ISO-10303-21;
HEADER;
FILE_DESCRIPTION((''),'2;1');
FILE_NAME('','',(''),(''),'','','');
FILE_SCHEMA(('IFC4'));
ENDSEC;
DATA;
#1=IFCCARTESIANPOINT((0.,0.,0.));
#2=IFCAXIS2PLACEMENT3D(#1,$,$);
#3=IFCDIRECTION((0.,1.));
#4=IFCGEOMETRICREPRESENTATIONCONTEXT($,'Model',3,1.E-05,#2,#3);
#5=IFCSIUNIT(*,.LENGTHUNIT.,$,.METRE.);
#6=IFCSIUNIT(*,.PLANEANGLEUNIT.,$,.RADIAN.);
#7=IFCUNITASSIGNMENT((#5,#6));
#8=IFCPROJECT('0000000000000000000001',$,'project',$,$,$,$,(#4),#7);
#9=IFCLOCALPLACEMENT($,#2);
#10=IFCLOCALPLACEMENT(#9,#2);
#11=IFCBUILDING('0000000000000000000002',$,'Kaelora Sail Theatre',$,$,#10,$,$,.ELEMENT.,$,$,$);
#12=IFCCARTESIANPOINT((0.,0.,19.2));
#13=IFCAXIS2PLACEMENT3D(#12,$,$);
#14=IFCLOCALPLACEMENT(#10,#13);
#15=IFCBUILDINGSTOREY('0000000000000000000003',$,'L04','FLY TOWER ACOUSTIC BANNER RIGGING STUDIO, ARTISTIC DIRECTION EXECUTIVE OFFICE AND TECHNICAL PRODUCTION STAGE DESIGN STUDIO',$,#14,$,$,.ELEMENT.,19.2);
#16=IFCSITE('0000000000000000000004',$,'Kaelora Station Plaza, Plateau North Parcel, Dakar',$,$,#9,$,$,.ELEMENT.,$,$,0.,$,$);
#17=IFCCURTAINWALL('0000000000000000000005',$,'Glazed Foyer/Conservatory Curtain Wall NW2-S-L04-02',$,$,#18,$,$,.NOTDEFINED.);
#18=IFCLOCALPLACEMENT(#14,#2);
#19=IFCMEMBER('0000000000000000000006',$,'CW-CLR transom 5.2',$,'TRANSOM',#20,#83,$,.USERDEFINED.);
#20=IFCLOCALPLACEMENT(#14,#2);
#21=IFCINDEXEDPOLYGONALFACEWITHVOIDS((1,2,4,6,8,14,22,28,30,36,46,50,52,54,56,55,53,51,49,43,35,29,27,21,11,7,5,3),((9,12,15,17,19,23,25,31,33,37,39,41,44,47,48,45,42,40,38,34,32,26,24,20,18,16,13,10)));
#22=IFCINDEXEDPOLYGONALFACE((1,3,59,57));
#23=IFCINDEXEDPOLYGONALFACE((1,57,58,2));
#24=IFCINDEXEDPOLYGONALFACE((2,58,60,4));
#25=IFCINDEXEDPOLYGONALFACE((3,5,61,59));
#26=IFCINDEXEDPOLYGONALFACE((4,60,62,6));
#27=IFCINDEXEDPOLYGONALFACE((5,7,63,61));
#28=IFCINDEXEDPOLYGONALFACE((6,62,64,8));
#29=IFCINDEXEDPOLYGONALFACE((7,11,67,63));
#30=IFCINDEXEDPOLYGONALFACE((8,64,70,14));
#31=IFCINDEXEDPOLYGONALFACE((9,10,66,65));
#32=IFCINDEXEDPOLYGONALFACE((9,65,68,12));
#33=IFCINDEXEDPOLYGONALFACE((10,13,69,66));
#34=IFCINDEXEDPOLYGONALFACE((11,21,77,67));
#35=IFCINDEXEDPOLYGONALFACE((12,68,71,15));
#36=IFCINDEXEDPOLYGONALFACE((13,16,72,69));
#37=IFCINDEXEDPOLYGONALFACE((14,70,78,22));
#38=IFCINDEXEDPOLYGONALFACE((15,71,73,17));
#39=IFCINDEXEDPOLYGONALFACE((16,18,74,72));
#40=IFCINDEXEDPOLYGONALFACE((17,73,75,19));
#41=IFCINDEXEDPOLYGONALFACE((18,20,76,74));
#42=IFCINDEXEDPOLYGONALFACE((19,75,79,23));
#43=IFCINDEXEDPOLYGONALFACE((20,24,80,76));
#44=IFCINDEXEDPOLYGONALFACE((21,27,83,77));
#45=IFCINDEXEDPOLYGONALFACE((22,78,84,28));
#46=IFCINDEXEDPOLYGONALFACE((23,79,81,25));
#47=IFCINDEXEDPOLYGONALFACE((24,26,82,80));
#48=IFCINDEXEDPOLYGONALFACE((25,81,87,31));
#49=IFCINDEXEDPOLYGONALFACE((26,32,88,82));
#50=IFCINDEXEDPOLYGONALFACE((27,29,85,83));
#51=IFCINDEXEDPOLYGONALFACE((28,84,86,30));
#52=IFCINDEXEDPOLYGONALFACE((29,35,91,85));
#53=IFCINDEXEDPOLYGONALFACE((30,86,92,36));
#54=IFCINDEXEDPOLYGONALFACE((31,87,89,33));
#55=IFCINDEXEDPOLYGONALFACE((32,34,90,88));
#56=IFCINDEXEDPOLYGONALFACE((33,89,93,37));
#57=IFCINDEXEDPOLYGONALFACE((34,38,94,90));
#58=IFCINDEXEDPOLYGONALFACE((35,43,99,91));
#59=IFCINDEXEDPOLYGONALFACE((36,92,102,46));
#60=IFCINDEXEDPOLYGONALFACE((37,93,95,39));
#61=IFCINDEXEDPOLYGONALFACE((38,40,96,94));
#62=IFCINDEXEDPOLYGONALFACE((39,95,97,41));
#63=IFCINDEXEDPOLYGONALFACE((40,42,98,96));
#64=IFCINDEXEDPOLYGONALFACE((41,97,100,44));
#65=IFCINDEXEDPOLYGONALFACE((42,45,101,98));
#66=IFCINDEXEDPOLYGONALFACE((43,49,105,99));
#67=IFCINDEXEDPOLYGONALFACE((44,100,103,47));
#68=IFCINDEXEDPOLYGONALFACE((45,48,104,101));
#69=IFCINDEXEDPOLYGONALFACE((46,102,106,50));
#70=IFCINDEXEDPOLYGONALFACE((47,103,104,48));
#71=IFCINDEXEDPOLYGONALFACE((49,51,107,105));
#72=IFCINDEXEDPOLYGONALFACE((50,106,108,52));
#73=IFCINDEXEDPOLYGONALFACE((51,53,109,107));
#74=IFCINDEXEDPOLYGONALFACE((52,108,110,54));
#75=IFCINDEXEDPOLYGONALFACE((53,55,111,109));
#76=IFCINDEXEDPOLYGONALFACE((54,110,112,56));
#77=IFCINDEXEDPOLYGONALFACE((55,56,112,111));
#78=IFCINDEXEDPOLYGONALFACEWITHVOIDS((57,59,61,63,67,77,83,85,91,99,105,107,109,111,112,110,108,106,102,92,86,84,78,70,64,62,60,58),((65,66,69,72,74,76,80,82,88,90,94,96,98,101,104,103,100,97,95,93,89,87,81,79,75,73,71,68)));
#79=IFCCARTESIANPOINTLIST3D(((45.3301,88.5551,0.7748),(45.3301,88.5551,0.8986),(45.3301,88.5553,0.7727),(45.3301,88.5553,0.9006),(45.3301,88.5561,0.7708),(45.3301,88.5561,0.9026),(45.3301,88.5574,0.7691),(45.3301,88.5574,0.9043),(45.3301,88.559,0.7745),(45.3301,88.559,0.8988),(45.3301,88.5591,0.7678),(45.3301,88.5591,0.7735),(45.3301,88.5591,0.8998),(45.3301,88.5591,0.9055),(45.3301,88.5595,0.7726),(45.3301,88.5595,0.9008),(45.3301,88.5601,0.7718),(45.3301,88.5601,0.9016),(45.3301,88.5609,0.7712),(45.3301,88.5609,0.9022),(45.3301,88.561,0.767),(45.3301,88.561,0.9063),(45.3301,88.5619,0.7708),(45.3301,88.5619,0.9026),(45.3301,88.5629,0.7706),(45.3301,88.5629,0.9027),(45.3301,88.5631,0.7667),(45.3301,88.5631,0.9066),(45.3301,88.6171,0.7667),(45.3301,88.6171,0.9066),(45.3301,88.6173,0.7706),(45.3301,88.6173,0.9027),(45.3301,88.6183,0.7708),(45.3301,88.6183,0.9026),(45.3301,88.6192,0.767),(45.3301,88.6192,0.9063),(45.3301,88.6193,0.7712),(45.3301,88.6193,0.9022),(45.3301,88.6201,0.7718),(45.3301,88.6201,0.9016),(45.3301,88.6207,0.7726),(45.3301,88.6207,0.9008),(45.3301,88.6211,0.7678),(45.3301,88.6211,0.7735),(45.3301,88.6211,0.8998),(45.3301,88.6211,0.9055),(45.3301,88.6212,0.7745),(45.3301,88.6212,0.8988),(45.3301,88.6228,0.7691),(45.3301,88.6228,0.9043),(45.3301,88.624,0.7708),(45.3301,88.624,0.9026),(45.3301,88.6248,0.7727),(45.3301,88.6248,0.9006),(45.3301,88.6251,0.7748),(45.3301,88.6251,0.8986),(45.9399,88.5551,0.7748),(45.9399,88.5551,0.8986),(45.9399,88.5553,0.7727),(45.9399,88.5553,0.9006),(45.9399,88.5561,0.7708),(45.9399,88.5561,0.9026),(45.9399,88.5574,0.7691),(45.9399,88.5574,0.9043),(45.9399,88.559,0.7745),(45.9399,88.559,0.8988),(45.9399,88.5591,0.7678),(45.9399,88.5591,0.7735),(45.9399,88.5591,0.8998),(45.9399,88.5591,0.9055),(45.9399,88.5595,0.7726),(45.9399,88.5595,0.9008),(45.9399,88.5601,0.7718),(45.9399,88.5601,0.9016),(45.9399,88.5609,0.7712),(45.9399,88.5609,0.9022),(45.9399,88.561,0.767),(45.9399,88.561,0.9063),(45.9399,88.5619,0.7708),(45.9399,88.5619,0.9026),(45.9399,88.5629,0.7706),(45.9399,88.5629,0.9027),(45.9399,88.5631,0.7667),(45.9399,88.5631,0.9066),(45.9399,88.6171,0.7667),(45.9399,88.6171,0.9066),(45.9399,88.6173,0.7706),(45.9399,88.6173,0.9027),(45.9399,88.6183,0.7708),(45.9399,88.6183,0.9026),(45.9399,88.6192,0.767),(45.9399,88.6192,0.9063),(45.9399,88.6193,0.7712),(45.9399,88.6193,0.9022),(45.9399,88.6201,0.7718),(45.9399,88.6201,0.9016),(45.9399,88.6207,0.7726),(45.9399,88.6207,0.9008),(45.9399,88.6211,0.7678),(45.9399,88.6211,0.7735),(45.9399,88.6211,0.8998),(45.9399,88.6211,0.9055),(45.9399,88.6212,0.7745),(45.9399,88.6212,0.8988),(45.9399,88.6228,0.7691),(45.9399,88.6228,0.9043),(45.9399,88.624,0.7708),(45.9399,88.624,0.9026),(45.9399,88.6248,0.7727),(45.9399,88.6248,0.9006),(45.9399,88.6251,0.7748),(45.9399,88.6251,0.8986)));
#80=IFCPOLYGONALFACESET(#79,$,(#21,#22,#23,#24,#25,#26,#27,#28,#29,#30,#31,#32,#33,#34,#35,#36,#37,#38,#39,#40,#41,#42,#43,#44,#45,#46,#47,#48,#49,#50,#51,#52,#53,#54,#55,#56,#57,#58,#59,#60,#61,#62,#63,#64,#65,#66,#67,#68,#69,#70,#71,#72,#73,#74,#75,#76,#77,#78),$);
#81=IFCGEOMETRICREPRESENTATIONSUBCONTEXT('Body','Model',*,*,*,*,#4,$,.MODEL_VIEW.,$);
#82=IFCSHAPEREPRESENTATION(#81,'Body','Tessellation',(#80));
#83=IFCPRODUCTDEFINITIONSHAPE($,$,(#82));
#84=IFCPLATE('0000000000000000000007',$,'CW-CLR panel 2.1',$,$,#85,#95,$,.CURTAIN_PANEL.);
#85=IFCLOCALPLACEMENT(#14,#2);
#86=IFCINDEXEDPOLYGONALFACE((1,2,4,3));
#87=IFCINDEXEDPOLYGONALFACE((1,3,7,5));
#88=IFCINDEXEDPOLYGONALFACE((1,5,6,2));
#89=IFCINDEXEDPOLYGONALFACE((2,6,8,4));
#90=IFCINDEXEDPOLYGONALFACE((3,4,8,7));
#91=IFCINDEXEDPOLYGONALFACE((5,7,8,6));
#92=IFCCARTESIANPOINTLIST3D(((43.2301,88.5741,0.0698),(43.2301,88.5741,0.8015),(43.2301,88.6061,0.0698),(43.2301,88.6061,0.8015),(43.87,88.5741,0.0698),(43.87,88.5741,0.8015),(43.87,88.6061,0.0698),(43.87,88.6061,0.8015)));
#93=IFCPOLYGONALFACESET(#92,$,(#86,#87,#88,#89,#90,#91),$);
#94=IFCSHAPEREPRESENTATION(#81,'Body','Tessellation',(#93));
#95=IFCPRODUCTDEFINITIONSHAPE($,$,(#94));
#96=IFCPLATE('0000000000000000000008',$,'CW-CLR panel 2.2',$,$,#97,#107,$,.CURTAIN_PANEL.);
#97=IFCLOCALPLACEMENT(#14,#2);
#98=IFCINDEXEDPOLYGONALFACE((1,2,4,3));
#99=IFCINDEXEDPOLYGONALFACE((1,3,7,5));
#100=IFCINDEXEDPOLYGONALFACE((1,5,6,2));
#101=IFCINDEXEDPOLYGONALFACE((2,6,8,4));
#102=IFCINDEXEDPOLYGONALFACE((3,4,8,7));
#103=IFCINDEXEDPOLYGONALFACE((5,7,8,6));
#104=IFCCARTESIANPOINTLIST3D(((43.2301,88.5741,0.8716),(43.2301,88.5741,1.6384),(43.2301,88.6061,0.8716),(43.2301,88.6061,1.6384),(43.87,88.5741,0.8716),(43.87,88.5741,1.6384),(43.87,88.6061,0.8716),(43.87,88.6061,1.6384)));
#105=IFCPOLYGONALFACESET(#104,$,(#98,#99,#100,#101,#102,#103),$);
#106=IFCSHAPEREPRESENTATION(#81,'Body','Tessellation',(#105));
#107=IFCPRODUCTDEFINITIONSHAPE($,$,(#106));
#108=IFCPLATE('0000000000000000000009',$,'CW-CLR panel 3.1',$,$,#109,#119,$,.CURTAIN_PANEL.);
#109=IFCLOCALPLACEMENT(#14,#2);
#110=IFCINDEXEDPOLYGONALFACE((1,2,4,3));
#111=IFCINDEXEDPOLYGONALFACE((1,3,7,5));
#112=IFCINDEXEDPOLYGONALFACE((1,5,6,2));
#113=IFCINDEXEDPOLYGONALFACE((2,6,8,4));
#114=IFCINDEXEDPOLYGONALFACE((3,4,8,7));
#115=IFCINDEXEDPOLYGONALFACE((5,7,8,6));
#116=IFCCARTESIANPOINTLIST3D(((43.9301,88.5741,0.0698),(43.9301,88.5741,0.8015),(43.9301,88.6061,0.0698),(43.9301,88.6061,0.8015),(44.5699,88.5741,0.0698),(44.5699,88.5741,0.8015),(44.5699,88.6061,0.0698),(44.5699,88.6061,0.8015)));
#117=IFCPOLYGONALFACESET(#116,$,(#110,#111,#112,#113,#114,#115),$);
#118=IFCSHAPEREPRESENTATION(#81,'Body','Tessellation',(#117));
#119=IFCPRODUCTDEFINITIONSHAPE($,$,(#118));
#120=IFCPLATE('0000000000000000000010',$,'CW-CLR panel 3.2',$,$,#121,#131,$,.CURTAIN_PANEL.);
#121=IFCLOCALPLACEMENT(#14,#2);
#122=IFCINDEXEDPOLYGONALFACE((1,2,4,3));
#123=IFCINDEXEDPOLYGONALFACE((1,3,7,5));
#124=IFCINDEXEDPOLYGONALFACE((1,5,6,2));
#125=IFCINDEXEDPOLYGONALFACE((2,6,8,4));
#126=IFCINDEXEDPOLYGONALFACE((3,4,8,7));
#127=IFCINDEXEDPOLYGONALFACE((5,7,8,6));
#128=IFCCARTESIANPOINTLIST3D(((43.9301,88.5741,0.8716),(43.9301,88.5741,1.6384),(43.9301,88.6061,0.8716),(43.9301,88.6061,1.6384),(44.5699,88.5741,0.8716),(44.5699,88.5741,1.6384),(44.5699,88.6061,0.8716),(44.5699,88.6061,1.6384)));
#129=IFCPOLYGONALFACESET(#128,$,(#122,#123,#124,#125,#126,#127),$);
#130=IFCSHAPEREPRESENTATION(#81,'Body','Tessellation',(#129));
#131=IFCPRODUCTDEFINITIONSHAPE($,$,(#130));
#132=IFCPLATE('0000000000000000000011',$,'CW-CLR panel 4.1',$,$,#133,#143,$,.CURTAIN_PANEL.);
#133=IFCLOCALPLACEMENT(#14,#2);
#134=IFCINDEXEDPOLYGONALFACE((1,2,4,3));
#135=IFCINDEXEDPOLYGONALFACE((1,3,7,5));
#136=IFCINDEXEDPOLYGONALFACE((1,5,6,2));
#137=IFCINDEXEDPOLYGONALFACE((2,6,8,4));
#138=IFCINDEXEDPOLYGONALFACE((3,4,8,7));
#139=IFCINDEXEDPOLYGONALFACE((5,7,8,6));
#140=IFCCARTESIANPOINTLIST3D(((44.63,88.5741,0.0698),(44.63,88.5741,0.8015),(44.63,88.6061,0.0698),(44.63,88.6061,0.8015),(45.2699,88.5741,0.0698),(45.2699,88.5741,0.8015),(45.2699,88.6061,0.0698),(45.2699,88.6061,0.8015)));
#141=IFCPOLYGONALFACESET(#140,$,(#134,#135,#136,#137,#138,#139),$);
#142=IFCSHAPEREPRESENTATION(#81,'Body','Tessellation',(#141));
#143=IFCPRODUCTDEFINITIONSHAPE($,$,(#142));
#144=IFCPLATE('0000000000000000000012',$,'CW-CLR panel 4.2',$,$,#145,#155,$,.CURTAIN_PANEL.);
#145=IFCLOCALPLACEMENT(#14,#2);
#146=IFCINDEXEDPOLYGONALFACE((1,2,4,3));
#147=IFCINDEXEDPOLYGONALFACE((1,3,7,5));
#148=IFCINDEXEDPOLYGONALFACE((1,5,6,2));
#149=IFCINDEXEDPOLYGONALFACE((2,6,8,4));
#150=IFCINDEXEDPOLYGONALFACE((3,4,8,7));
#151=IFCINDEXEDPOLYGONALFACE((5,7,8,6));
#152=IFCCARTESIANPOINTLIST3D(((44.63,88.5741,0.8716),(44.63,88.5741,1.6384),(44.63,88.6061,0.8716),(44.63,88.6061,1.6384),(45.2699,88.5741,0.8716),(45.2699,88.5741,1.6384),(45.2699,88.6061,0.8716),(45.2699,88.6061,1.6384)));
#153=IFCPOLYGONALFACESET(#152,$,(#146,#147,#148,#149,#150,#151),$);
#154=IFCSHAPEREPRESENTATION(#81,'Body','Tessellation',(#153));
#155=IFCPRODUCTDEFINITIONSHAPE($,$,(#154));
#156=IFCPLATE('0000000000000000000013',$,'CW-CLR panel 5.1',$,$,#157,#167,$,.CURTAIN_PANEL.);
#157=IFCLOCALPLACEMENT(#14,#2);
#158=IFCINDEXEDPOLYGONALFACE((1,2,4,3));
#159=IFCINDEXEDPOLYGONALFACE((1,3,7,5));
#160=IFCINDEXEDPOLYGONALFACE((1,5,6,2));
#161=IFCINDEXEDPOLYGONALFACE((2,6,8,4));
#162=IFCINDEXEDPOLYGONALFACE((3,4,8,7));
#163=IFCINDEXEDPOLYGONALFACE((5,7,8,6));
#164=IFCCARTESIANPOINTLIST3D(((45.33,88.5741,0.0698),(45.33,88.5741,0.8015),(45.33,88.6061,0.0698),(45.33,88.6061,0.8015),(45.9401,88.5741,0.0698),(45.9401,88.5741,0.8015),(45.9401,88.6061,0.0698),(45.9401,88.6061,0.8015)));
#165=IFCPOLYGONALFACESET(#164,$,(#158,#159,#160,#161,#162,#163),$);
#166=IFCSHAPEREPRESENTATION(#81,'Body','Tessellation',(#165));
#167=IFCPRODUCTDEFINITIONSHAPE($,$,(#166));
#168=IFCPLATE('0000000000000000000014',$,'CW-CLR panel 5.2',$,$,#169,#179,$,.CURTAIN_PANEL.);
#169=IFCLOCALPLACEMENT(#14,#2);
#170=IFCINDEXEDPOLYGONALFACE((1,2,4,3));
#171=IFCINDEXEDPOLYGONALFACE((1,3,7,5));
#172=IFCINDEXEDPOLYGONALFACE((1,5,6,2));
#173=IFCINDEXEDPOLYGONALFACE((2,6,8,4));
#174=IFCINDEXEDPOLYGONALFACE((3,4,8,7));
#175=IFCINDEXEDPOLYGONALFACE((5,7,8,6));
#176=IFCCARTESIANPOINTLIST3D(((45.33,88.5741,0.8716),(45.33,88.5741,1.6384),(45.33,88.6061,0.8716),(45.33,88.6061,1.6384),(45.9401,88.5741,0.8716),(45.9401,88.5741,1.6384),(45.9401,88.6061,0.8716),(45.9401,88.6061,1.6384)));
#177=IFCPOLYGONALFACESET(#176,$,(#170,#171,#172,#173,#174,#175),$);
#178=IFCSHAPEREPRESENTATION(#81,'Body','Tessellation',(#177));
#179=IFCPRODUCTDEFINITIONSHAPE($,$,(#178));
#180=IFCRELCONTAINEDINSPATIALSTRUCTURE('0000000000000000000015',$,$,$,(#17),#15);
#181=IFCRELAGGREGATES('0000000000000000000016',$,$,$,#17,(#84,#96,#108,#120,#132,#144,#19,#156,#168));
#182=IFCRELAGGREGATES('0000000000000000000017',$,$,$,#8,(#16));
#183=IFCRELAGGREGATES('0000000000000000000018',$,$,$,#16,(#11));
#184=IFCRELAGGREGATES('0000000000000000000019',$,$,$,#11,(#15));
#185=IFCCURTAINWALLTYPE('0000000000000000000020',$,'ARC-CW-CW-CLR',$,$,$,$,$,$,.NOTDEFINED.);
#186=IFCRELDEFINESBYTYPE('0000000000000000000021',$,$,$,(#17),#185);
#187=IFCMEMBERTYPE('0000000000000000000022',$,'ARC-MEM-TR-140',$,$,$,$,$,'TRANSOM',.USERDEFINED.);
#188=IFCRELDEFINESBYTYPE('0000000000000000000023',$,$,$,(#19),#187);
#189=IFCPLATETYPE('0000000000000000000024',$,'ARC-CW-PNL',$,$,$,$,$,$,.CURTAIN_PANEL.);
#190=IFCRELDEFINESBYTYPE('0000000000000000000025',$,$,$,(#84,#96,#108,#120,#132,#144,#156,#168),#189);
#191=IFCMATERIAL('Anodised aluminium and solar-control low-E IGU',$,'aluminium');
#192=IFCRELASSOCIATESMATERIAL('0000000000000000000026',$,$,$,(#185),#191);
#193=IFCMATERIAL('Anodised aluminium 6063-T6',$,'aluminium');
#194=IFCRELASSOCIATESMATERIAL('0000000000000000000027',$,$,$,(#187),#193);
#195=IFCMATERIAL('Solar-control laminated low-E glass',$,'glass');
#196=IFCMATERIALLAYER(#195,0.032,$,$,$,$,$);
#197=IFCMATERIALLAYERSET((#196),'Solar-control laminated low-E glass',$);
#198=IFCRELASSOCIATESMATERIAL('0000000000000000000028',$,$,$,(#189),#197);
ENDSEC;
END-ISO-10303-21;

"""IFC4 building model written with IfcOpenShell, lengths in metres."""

from ifc_helpers import new_model, si_unit, direction, frame, origin, origin_2d, place, context, subcontext, project, spatial, rectangle, hollow_rectangle, extrude, material, layer, layer_set, material_profile, profile_set, type_object, element, aggregate, save


model = new_model("IFC4")

# Units and contexts
model_context = context("Model", 3, precision=1e-05, world=origin(), true_north=direction((0.0, 1.0)))
body_context = subcontext(model_context, "Body", "Model", "MODEL_VIEW")
ifc_project = project(units=[si_unit("LENGTHUNIT", "METRE"), si_unit("PLANEANGLEUNIT", "RADIAN")], contexts=[model_context])

# Site, building, storey
site_placement = place(None, origin())
site = spatial("IfcSite", under=ifc_project, at=site_placement, Name="Kaelora Station Plaza, Plateau North Parcel, Dakar", CompositionType="ELEMENT", RefElevation=0.0)
building_placement = place(site_placement, origin())
building = spatial("IfcBuilding", under=site, at=building_placement, Name="Kaelora Sail Theatre", CompositionType="ELEMENT")
storey_placement = place(building_placement, frame((0.0, 0.0, 19.2)))
storey = spatial("IfcBuildingStorey", under=building, at=storey_placement, Name="L04", Description="FLY TOWER ACOUSTIC BANNER RIGGING STUDIO, ARTISTIC DIRECTION EXECUTIVE OFFICE AND TECHNICAL PRODUCTION STAGE DESIGN STUDIO", CompositionType="ELEMENT", Elevation=19.2)

# Curtain wall, member, plates
ifc_material_1 = material(Name="Anodised aluminium and solar-control low-E IGU", Category="aluminium")
curtain_wall_type = type_object("IfcCurtainWallType", Name="ARC-CW-CW-CLR", PredefinedType="NOTDEFINED", material=ifc_material_1)
curtain_wall_placement = place(storey_placement, origin())
curtain_wall = element("IfcCurtainWall", 1, at=curtain_wall_placement, inside=storey, type_object=curtain_wall_type, Name="Glazed Foyer/Conservatory Curtain Wall NW2-S-L04-02", PredefinedType="NOTDEFINED")
ifc_material_2 = material(Name="Anodised aluminium 6063-T6", Category="aluminium")
ifc_material_profile_1 = material_profile(ifc_material_2, hollow_rectangle(XDim=0.0701, YDim=0.1399, WallThickness=0.0039, InnerFilletRadius=0.0039, OuterFilletRadius=0.0081, at=origin_2d()), Name="ALU-TRAN 70x140x4")
ifc_profile_set_1 = profile_set([ifc_material_profile_1], Name="Anodised aluminium 6063-T6")
member_type_1 = type_object("IfcMemberType", Name="ARC-MEM-TR-140", ElementType="TRANSOM", PredefinedType="USERDEFINED", material=ifc_profile_set_1)
member_1_placement = place(storey_placement, frame((45.3301, 88.5901, 0.8367), z_axis=(1.0, 0.0, 0.0), x_axis=(0.0, 1.0, 0.0)))
member_1 = element("IfcMember", 2, at=member_1_placement, type_object=member_type_1, Name="CW-CLR transom 5.2", ObjectType="TRANSOM", PredefinedType="USERDEFINED", context=body_context, shape_type="SweptSolid", body=[
    extrude(hollow_rectangle(XDim=0.0701, YDim=0.1399, WallThickness=0.0039, InnerFilletRadius=0.0039, OuterFilletRadius=0.0081, at=origin_2d()), origin(), (0.0, 0.0, 1.0), 0.6099),
])
ifc_material_3 = material(Name="Solar-control laminated low-E glass", Category="glass")
ifc_layer = layer(ifc_material_3, 0.032)
ifc_layer_set = layer_set([ifc_layer], Name="Solar-control laminated low-E glass")
plate_type = type_object("IfcPlateType", Name="ARC-CW-PNL", PredefinedType="CURTAIN_PANEL", material=ifc_layer_set)
plate_1_placement = place(storey_placement, frame((43.55, 88.5901, 0.0698), z_axis=(0.0, 0.0, 1.0), x_axis=(1.0, 0.0, 0.0)))
plate_1 = element("IfcPlate", 3, at=plate_1_placement, type_object=plate_type, Name="CW-CLR panel 2.1", PredefinedType="CURTAIN_PANEL", context=body_context, shape_type="SweptSolid", body=[
    extrude(rectangle(XDim=0.6399, YDim=0.032, at=origin_2d()), origin(), (0.0, 0.0, 1.0), 0.7317),
])
plate_2_placement = place(storey_placement, frame((43.55, 88.5901, 0.8716), z_axis=(0.0, 0.0, 1.0), x_axis=(1.0, 0.0, 0.0)))
plate_2 = element("IfcPlate", 4, at=plate_2_placement, type_object=plate_type, Name="CW-CLR panel 2.2", PredefinedType="CURTAIN_PANEL", context=body_context, shape_type="SweptSolid", body=[
    extrude(rectangle(XDim=0.6399, YDim=0.032, at=origin_2d()), origin(), (0.0, 0.0, 1.0), 0.7668),
])
plate_3_placement = place(storey_placement, frame((44.25, 88.5901, 0.0698), z_axis=(0.0, 0.0, 1.0), x_axis=(1.0, 0.0, 0.0)))
plate_3 = element("IfcPlate", 5, at=plate_3_placement, type_object=plate_type, Name="CW-CLR panel 3.1", PredefinedType="CURTAIN_PANEL", context=body_context, shape_type="SweptSolid", body=[
    extrude(rectangle(XDim=0.6399, YDim=0.032, at=origin_2d()), origin(), (0.0, 0.0, 1.0), 0.7317),
])
plate_4_placement = place(storey_placement, frame((44.25, 88.5901, 0.8716), z_axis=(0.0, 0.0, 1.0), x_axis=(1.0, 0.0, 0.0)))
plate_4 = element("IfcPlate", 6, at=plate_4_placement, type_object=plate_type, Name="CW-CLR panel 3.2", PredefinedType="CURTAIN_PANEL", context=body_context, shape_type="SweptSolid", body=[
    extrude(rectangle(XDim=0.6399, YDim=0.032, at=origin_2d()), origin(), (0.0, 0.0, 1.0), 0.7668),
])
plate_5_placement = place(storey_placement, frame((44.95, 88.5901, 0.0698), z_axis=(0.0, 0.0, 1.0), x_axis=(1.0, 0.0, 0.0)))
plate_5 = element("IfcPlate", 7, at=plate_5_placement, type_object=plate_type, Name="CW-CLR panel 4.1", PredefinedType="CURTAIN_PANEL", context=body_context, shape_type="SweptSolid", body=[
    extrude(rectangle(XDim=0.6399, YDim=0.032, at=origin_2d()), origin(), (0.0, 0.0, 1.0), 0.7317),
])
plate_6_placement = place(storey_placement, frame((44.95, 88.5901, 0.8716), z_axis=(0.0, 0.0, 1.0), x_axis=(1.0, 0.0, 0.0)))
plate_6 = element("IfcPlate", 8, at=plate_6_placement, type_object=plate_type, Name="CW-CLR panel 4.2", PredefinedType="CURTAIN_PANEL", context=body_context, shape_type="SweptSolid", body=[
    extrude(rectangle(XDim=0.6399, YDim=0.032, at=origin_2d()), origin(), (0.0, 0.0, 1.0), 0.7668),
])
plate_7_placement = place(storey_placement, frame((45.635, 88.5901, 0.0698), z_axis=(0.0, 0.0, 1.0), x_axis=(1.0, 0.0, 0.0)))
plate_7 = element("IfcPlate", 9, at=plate_7_placement, type_object=plate_type, Name="CW-CLR panel 5.1", PredefinedType="CURTAIN_PANEL", context=body_context, shape_type="SweptSolid", body=[
    extrude(rectangle(XDim=0.6101, YDim=0.032, at=origin_2d()), origin(), (0.0, 0.0, 1.0), 0.7317),
])
plate_8_placement = place(storey_placement, frame((45.635, 88.5901, 0.8716), z_axis=(0.0, 0.0, 1.0), x_axis=(1.0, 0.0, 0.0)))
plate_8 = element("IfcPlate", 10, at=plate_8_placement, type_object=plate_type, Name="CW-CLR panel 5.2", PredefinedType="CURTAIN_PANEL", context=body_context, shape_type="SweptSolid", body=[
    extrude(rectangle(XDim=0.6101, YDim=0.032, at=origin_2d()), origin(), (0.0, 0.0, 1.0), 0.7668),
])
aggregate(curtain_wall, [plate_1, plate_2, plate_3, plate_4, plate_5, plate_6, member_1, plate_7, plate_8])

save(model, "model.ifc")
